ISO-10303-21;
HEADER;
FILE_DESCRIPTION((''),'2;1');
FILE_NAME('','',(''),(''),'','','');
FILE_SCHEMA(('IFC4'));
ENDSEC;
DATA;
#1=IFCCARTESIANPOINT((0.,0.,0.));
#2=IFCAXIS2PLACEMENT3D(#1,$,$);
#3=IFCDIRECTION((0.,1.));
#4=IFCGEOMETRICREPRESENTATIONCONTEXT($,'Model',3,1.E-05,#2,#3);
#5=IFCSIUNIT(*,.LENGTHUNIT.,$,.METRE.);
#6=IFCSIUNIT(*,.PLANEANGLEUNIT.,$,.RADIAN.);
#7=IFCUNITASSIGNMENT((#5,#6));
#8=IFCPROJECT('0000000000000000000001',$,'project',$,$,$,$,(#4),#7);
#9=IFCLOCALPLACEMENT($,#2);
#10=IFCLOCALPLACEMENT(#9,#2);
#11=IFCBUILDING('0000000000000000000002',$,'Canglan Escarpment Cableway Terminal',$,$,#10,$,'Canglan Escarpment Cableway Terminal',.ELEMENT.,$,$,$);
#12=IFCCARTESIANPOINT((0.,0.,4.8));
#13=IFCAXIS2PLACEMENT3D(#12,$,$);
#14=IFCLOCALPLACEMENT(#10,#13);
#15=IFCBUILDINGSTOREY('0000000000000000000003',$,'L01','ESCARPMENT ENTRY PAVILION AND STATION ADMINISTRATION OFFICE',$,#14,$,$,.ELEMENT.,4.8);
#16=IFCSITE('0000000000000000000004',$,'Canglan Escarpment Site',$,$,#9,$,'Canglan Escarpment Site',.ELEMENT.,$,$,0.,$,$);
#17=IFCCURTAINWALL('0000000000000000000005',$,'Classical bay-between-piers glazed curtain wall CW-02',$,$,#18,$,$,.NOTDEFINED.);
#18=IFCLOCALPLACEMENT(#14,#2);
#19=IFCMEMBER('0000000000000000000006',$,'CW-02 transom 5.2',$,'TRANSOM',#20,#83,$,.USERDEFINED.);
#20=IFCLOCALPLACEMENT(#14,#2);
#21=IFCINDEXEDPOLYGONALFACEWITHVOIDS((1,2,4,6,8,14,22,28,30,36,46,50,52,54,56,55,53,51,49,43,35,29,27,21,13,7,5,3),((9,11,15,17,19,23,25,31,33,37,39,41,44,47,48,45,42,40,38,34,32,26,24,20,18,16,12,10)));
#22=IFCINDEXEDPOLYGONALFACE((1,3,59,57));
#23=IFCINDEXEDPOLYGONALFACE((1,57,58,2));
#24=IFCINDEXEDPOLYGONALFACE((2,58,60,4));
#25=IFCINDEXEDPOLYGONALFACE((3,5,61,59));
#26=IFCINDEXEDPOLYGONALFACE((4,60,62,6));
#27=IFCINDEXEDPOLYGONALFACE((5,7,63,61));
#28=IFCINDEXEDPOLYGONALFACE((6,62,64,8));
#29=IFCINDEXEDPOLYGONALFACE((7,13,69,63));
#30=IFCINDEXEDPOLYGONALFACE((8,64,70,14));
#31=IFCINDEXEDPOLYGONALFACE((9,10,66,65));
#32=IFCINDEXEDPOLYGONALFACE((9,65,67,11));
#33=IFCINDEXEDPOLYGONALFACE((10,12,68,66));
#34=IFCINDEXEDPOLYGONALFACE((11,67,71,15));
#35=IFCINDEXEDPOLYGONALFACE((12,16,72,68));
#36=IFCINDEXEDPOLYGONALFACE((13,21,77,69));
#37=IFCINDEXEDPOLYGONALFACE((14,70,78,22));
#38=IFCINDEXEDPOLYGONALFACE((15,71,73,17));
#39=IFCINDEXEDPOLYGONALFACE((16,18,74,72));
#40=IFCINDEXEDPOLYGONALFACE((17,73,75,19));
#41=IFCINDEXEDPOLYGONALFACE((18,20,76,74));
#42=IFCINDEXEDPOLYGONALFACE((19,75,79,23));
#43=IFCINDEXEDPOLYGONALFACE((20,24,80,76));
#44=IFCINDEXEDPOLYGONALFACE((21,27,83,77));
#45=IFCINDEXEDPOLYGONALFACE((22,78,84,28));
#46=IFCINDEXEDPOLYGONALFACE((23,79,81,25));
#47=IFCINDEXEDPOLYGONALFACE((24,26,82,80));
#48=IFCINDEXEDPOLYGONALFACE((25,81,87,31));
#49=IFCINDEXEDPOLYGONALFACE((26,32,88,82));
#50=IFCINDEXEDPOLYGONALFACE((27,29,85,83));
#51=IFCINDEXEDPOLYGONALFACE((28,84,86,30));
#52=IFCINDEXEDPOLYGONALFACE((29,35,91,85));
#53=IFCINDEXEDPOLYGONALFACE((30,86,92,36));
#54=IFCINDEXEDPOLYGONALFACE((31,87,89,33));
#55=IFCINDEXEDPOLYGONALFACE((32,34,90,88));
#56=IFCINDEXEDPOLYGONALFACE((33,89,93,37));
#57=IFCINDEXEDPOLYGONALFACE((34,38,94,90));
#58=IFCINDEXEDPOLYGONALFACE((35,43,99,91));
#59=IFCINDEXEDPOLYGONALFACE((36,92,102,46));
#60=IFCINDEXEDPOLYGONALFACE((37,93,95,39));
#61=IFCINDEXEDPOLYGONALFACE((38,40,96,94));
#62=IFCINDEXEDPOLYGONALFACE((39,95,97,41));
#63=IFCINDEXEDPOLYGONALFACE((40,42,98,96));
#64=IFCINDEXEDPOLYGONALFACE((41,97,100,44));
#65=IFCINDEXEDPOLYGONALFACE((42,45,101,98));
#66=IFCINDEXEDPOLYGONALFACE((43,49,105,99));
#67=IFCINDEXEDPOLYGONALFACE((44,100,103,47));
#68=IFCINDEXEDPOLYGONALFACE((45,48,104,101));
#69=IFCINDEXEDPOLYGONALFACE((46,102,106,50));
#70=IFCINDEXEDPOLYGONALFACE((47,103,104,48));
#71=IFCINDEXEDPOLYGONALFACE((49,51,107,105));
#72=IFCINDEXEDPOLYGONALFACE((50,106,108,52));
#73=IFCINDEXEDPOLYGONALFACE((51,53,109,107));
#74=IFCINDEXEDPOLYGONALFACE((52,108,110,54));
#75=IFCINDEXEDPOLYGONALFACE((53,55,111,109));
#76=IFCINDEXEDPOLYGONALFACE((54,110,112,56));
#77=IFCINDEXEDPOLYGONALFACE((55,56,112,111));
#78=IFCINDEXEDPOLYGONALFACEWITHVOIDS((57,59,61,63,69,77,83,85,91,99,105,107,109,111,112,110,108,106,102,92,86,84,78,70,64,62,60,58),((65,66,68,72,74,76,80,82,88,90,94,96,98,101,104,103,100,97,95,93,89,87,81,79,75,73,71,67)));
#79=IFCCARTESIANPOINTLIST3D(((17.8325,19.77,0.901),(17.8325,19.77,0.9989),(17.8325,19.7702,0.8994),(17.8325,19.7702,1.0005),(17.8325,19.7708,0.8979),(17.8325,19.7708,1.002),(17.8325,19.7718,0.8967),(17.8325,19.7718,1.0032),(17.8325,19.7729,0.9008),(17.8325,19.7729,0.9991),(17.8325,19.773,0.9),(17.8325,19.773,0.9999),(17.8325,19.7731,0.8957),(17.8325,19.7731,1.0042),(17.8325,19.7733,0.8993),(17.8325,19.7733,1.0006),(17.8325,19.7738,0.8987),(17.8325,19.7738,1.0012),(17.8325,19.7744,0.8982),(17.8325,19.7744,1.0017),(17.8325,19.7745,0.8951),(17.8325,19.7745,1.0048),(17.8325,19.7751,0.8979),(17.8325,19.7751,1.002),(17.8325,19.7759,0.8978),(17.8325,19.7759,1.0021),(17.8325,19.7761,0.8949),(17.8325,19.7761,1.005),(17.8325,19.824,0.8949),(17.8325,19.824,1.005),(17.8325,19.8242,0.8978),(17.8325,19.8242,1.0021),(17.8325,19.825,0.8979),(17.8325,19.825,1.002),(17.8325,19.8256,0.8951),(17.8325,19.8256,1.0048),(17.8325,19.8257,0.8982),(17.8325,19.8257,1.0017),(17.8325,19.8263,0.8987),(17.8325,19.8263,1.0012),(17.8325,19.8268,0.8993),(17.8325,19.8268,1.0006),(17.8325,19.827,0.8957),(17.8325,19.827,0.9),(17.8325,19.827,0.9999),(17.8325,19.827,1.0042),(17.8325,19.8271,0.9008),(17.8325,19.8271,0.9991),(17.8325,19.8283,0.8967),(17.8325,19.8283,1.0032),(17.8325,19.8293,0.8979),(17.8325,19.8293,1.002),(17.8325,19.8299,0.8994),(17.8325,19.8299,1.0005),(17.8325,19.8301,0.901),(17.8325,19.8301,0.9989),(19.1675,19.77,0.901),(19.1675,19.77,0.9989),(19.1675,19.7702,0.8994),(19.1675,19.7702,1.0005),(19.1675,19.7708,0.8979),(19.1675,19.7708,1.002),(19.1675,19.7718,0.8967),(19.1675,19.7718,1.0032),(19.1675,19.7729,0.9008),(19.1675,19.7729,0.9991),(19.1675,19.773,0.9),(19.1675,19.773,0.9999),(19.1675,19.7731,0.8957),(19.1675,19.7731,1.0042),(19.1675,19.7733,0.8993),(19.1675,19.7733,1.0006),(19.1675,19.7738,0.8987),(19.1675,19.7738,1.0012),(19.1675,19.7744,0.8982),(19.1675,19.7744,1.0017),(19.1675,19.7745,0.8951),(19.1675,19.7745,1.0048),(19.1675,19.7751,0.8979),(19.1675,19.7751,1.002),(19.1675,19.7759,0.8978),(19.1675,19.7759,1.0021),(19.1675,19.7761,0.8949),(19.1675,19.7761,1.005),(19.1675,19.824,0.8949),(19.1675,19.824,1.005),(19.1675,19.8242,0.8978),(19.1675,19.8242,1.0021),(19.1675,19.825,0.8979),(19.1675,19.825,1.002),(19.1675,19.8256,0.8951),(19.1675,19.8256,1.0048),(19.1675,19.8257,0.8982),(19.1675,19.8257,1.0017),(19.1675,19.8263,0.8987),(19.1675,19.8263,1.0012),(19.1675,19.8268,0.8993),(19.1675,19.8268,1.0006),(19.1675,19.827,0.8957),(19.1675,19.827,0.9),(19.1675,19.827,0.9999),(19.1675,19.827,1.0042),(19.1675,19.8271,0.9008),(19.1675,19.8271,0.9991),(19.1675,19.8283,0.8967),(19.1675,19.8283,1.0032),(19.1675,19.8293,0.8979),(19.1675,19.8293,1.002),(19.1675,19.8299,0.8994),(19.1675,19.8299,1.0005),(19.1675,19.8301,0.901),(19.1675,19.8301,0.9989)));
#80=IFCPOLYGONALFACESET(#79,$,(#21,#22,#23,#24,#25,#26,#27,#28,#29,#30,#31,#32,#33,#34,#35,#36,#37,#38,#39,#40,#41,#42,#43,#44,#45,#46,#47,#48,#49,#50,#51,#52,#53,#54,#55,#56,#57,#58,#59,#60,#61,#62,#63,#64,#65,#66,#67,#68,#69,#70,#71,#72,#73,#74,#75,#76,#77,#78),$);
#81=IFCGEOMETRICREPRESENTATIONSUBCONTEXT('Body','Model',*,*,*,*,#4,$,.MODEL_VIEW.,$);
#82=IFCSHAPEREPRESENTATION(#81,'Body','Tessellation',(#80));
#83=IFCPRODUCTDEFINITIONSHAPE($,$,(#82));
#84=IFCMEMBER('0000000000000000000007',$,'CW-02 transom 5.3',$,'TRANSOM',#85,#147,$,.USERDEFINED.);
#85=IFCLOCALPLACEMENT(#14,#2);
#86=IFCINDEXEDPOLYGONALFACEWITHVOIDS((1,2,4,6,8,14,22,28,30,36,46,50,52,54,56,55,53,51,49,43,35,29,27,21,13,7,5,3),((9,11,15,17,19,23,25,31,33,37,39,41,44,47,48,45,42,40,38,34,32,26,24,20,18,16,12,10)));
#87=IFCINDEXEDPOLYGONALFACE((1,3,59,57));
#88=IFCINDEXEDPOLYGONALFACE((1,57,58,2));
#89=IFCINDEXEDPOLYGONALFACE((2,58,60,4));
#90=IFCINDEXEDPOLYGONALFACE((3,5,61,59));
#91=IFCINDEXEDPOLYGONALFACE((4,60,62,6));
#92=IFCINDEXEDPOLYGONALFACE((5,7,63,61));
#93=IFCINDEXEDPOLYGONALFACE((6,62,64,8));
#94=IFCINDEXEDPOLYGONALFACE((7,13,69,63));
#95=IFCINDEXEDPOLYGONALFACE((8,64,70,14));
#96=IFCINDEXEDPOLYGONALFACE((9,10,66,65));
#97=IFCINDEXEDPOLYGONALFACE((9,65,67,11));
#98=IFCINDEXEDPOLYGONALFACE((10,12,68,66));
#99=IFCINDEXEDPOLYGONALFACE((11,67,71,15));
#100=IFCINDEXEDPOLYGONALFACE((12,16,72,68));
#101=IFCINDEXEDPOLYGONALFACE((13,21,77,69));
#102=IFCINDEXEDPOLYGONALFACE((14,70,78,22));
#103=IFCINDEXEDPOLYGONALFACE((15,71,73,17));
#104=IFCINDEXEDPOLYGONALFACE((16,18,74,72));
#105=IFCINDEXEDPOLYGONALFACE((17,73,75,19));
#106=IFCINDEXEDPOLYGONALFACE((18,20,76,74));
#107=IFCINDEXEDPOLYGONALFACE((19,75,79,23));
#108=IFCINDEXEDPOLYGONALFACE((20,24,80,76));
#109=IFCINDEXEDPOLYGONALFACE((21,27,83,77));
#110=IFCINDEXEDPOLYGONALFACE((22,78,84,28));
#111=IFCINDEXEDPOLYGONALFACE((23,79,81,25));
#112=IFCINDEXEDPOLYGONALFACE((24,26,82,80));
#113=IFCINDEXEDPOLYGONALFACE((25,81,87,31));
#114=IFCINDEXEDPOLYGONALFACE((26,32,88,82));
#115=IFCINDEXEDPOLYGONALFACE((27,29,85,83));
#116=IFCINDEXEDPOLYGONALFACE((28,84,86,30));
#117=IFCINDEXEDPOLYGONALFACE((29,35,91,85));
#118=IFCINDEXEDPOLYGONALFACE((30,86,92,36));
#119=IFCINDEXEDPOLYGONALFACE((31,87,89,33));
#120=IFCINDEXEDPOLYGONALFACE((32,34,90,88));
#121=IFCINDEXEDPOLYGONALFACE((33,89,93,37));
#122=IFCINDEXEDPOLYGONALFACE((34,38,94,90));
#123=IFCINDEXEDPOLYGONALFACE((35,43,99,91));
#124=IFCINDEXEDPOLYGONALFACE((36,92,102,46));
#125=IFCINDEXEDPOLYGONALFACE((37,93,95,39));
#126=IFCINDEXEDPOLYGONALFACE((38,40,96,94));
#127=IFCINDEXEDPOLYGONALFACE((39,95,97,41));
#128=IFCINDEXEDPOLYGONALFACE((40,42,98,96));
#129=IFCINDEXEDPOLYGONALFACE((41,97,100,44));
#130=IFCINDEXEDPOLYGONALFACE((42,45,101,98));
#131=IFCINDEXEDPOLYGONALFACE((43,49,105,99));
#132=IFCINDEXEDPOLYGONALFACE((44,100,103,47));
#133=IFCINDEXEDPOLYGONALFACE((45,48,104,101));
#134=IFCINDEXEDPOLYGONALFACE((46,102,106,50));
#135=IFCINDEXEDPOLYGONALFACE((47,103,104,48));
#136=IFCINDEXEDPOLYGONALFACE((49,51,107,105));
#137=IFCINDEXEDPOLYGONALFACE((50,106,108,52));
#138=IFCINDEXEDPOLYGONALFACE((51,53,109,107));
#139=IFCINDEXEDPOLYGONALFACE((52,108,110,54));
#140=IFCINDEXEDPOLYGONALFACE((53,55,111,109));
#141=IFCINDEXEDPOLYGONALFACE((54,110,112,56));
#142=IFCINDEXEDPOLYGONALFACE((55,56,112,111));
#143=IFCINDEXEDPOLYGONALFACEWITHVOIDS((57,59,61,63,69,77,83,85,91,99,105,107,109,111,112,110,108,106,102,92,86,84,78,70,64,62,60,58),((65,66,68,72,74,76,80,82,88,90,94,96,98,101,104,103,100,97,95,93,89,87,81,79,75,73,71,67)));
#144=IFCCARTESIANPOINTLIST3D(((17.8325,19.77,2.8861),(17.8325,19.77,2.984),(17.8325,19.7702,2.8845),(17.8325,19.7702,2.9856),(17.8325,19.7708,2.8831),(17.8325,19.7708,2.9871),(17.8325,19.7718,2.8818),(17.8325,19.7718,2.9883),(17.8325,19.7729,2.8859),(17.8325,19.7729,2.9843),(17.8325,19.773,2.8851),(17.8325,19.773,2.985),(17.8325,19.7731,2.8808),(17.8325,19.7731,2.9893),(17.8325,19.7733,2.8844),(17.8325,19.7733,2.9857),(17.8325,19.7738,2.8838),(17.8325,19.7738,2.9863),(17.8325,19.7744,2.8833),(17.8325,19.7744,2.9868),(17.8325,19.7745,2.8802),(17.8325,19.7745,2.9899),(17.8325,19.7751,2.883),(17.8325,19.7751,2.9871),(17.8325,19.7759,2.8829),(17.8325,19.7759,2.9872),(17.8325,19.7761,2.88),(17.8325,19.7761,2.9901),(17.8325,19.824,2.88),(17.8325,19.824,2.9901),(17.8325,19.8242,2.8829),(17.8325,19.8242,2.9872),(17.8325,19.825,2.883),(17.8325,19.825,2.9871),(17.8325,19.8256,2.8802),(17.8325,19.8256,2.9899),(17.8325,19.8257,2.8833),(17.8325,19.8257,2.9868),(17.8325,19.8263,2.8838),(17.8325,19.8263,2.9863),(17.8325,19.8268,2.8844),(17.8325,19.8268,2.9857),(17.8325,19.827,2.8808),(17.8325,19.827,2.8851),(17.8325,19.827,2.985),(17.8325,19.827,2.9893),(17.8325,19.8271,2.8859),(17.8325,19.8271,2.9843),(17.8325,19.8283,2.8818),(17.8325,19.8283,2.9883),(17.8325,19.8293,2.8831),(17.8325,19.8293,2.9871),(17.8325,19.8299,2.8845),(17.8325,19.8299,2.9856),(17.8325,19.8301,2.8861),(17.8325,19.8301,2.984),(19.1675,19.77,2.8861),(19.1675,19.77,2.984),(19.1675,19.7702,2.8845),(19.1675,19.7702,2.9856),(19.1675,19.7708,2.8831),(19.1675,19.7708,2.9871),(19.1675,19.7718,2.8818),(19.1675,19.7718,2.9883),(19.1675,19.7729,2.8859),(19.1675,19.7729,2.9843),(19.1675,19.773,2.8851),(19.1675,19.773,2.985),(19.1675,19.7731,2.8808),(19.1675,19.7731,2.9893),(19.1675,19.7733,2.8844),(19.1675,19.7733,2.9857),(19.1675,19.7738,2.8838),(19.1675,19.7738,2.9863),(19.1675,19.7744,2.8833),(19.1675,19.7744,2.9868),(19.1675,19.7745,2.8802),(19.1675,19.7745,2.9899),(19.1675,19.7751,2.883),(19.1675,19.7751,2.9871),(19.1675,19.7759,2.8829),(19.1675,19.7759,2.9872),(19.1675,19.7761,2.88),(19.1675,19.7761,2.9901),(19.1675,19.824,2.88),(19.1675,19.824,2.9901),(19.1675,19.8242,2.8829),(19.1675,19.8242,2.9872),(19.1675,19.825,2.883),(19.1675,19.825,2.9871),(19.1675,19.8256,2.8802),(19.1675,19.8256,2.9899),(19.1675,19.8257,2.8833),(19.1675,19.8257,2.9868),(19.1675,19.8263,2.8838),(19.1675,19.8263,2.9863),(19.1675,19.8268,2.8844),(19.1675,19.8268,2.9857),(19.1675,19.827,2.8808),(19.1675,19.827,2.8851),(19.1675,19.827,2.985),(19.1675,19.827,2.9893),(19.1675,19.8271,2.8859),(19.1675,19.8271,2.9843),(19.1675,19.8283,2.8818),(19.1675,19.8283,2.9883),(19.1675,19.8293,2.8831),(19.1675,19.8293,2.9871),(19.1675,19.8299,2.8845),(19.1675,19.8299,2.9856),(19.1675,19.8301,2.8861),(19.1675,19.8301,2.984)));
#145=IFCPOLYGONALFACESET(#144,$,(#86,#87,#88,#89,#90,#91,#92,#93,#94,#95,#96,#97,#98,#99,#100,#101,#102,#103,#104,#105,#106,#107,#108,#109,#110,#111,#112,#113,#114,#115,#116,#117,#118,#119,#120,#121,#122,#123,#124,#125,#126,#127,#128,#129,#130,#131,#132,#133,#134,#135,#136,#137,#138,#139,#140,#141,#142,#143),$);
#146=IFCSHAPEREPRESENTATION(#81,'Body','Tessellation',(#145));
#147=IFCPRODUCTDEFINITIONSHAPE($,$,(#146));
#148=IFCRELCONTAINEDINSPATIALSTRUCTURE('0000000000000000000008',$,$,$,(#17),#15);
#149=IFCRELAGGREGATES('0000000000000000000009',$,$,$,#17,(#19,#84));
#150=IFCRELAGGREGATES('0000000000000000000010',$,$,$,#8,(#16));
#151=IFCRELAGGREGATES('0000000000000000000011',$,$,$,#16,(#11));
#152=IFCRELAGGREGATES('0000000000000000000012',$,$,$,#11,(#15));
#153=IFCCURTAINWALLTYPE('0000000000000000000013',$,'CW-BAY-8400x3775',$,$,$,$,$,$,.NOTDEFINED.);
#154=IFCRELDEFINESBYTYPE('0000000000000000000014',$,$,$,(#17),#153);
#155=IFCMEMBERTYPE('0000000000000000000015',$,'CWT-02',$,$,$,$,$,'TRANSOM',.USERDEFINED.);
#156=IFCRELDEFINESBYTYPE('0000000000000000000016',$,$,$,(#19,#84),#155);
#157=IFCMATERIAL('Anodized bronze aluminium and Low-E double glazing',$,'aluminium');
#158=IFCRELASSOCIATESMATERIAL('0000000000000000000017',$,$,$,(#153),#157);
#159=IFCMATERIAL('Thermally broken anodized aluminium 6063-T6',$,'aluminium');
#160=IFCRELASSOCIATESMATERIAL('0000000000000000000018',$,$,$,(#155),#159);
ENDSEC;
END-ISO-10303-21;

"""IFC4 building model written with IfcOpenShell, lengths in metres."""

from ifc_helpers import new_model, si_unit, direction, frame, origin, origin_2d, place, context, subcontext, project, spatial, hollow_rectangle, extrude, material, material_profile, profile_set, type_object, element, aggregate, save


model = new_model("IFC4")

# Units and contexts
model_context = context("Model", 3, precision=1e-05, world=origin(), true_north=direction((0.0, 1.0)))
body_context = subcontext(model_context, "Body", "Model", "MODEL_VIEW")
ifc_project = project(units=[si_unit("LENGTHUNIT", "METRE"), si_unit("PLANEANGLEUNIT", "RADIAN")], contexts=[model_context])

# Site, building, storey
site_placement = place(None, origin())
site = spatial("IfcSite", under=ifc_project, at=site_placement, Name="Canglan Escarpment Site", LongName="Canglan Escarpment Site", CompositionType="ELEMENT", RefElevation=0.0)
building_placement = place(site_placement, origin())
building = spatial("IfcBuilding", under=site, at=building_placement, Name="Canglan Escarpment Cableway Terminal", LongName="Canglan Escarpment Cableway Terminal", CompositionType="ELEMENT")
storey_placement = place(building_placement, frame((0.0, 0.0, 4.8)))
storey = spatial("IfcBuildingStorey", under=building, at=storey_placement, Name="L01", Description="ESCARPMENT ENTRY PAVILION AND STATION ADMINISTRATION OFFICE", CompositionType="ELEMENT", Elevation=4.8)

# Curtain wall, members
ifc_material_1 = material(Name="Anodized bronze aluminium and Low-E double glazing", Category="aluminium")
curtain_wall_type = type_object("IfcCurtainWallType", Name="CW-BAY-8400x3775", PredefinedType="NOTDEFINED", material=ifc_material_1)
curtain_wall_placement = place(storey_placement, origin())
curtain_wall = element("IfcCurtainWall", 1, at=curtain_wall_placement, inside=storey, type_object=curtain_wall_type, Name="Classical bay-between-piers glazed curtain wall CW-02", PredefinedType="NOTDEFINED")
ifc_material_2 = material(Name="Thermally broken anodized aluminium 6063-T6", Category="aluminium")
ifc_material_profile_1 = material_profile(ifc_material_2, hollow_rectangle(XDim=0.0601, YDim=0.1101, WallThickness=0.0029, InnerFilletRadius=0.0029, OuterFilletRadius=0.0061, at=origin_2d()), Name="ALU-TRAN 60x110x3")
ifc_profile_set_1 = profile_set([ifc_material_profile_1], Name="Thermally broken anodized aluminium 6063-T6")
member_type_1 = type_object("IfcMemberType", Name="CWT-02", ElementType="TRANSOM", PredefinedType="USERDEFINED", material=ifc_profile_set_1)
member_1_placement = place(storey_placement, frame((19.1675, 19.8, 0.95), z_axis=(-1.0, 0.0, 0.0), x_axis=(0.0, -1.0, 0.0)))
member_1 = element("IfcMember", 2, at=member_1_placement, type_object=member_type_1, Name="CW-02 transom 5.2", ObjectType="TRANSOM", PredefinedType="USERDEFINED", context=body_context, shape_type="SweptSolid", body=[
    extrude(hollow_rectangle(XDim=0.0601, YDim=0.1101, WallThickness=0.0029, InnerFilletRadius=0.0029, OuterFilletRadius=0.0061, at=origin_2d()), origin(), (0.0, 0.0, 1.0), 1.335),
])
member_2_placement = place(storey_placement, frame((19.1675, 19.8, 2.9351), z_axis=(-1.0, 0.0, 0.0), x_axis=(0.0, -1.0, 0.0)))
member_2 = element("IfcMember", 3, at=member_2_placement, type_object=member_type_1, Name="CW-02 transom 5.3", ObjectType="TRANSOM", PredefinedType="USERDEFINED", context=body_context, shape_type="SweptSolid", body=[
    extrude(hollow_rectangle(XDim=0.0601, YDim=0.1101, WallThickness=0.0029, InnerFilletRadius=0.0029, OuterFilletRadius=0.0061, at=origin_2d()), origin(), (0.0, 0.0, 1.0), 1.335),
])

aggregate(curtain_wall, [member_1, member_2])

save(model, "model.ifc")
